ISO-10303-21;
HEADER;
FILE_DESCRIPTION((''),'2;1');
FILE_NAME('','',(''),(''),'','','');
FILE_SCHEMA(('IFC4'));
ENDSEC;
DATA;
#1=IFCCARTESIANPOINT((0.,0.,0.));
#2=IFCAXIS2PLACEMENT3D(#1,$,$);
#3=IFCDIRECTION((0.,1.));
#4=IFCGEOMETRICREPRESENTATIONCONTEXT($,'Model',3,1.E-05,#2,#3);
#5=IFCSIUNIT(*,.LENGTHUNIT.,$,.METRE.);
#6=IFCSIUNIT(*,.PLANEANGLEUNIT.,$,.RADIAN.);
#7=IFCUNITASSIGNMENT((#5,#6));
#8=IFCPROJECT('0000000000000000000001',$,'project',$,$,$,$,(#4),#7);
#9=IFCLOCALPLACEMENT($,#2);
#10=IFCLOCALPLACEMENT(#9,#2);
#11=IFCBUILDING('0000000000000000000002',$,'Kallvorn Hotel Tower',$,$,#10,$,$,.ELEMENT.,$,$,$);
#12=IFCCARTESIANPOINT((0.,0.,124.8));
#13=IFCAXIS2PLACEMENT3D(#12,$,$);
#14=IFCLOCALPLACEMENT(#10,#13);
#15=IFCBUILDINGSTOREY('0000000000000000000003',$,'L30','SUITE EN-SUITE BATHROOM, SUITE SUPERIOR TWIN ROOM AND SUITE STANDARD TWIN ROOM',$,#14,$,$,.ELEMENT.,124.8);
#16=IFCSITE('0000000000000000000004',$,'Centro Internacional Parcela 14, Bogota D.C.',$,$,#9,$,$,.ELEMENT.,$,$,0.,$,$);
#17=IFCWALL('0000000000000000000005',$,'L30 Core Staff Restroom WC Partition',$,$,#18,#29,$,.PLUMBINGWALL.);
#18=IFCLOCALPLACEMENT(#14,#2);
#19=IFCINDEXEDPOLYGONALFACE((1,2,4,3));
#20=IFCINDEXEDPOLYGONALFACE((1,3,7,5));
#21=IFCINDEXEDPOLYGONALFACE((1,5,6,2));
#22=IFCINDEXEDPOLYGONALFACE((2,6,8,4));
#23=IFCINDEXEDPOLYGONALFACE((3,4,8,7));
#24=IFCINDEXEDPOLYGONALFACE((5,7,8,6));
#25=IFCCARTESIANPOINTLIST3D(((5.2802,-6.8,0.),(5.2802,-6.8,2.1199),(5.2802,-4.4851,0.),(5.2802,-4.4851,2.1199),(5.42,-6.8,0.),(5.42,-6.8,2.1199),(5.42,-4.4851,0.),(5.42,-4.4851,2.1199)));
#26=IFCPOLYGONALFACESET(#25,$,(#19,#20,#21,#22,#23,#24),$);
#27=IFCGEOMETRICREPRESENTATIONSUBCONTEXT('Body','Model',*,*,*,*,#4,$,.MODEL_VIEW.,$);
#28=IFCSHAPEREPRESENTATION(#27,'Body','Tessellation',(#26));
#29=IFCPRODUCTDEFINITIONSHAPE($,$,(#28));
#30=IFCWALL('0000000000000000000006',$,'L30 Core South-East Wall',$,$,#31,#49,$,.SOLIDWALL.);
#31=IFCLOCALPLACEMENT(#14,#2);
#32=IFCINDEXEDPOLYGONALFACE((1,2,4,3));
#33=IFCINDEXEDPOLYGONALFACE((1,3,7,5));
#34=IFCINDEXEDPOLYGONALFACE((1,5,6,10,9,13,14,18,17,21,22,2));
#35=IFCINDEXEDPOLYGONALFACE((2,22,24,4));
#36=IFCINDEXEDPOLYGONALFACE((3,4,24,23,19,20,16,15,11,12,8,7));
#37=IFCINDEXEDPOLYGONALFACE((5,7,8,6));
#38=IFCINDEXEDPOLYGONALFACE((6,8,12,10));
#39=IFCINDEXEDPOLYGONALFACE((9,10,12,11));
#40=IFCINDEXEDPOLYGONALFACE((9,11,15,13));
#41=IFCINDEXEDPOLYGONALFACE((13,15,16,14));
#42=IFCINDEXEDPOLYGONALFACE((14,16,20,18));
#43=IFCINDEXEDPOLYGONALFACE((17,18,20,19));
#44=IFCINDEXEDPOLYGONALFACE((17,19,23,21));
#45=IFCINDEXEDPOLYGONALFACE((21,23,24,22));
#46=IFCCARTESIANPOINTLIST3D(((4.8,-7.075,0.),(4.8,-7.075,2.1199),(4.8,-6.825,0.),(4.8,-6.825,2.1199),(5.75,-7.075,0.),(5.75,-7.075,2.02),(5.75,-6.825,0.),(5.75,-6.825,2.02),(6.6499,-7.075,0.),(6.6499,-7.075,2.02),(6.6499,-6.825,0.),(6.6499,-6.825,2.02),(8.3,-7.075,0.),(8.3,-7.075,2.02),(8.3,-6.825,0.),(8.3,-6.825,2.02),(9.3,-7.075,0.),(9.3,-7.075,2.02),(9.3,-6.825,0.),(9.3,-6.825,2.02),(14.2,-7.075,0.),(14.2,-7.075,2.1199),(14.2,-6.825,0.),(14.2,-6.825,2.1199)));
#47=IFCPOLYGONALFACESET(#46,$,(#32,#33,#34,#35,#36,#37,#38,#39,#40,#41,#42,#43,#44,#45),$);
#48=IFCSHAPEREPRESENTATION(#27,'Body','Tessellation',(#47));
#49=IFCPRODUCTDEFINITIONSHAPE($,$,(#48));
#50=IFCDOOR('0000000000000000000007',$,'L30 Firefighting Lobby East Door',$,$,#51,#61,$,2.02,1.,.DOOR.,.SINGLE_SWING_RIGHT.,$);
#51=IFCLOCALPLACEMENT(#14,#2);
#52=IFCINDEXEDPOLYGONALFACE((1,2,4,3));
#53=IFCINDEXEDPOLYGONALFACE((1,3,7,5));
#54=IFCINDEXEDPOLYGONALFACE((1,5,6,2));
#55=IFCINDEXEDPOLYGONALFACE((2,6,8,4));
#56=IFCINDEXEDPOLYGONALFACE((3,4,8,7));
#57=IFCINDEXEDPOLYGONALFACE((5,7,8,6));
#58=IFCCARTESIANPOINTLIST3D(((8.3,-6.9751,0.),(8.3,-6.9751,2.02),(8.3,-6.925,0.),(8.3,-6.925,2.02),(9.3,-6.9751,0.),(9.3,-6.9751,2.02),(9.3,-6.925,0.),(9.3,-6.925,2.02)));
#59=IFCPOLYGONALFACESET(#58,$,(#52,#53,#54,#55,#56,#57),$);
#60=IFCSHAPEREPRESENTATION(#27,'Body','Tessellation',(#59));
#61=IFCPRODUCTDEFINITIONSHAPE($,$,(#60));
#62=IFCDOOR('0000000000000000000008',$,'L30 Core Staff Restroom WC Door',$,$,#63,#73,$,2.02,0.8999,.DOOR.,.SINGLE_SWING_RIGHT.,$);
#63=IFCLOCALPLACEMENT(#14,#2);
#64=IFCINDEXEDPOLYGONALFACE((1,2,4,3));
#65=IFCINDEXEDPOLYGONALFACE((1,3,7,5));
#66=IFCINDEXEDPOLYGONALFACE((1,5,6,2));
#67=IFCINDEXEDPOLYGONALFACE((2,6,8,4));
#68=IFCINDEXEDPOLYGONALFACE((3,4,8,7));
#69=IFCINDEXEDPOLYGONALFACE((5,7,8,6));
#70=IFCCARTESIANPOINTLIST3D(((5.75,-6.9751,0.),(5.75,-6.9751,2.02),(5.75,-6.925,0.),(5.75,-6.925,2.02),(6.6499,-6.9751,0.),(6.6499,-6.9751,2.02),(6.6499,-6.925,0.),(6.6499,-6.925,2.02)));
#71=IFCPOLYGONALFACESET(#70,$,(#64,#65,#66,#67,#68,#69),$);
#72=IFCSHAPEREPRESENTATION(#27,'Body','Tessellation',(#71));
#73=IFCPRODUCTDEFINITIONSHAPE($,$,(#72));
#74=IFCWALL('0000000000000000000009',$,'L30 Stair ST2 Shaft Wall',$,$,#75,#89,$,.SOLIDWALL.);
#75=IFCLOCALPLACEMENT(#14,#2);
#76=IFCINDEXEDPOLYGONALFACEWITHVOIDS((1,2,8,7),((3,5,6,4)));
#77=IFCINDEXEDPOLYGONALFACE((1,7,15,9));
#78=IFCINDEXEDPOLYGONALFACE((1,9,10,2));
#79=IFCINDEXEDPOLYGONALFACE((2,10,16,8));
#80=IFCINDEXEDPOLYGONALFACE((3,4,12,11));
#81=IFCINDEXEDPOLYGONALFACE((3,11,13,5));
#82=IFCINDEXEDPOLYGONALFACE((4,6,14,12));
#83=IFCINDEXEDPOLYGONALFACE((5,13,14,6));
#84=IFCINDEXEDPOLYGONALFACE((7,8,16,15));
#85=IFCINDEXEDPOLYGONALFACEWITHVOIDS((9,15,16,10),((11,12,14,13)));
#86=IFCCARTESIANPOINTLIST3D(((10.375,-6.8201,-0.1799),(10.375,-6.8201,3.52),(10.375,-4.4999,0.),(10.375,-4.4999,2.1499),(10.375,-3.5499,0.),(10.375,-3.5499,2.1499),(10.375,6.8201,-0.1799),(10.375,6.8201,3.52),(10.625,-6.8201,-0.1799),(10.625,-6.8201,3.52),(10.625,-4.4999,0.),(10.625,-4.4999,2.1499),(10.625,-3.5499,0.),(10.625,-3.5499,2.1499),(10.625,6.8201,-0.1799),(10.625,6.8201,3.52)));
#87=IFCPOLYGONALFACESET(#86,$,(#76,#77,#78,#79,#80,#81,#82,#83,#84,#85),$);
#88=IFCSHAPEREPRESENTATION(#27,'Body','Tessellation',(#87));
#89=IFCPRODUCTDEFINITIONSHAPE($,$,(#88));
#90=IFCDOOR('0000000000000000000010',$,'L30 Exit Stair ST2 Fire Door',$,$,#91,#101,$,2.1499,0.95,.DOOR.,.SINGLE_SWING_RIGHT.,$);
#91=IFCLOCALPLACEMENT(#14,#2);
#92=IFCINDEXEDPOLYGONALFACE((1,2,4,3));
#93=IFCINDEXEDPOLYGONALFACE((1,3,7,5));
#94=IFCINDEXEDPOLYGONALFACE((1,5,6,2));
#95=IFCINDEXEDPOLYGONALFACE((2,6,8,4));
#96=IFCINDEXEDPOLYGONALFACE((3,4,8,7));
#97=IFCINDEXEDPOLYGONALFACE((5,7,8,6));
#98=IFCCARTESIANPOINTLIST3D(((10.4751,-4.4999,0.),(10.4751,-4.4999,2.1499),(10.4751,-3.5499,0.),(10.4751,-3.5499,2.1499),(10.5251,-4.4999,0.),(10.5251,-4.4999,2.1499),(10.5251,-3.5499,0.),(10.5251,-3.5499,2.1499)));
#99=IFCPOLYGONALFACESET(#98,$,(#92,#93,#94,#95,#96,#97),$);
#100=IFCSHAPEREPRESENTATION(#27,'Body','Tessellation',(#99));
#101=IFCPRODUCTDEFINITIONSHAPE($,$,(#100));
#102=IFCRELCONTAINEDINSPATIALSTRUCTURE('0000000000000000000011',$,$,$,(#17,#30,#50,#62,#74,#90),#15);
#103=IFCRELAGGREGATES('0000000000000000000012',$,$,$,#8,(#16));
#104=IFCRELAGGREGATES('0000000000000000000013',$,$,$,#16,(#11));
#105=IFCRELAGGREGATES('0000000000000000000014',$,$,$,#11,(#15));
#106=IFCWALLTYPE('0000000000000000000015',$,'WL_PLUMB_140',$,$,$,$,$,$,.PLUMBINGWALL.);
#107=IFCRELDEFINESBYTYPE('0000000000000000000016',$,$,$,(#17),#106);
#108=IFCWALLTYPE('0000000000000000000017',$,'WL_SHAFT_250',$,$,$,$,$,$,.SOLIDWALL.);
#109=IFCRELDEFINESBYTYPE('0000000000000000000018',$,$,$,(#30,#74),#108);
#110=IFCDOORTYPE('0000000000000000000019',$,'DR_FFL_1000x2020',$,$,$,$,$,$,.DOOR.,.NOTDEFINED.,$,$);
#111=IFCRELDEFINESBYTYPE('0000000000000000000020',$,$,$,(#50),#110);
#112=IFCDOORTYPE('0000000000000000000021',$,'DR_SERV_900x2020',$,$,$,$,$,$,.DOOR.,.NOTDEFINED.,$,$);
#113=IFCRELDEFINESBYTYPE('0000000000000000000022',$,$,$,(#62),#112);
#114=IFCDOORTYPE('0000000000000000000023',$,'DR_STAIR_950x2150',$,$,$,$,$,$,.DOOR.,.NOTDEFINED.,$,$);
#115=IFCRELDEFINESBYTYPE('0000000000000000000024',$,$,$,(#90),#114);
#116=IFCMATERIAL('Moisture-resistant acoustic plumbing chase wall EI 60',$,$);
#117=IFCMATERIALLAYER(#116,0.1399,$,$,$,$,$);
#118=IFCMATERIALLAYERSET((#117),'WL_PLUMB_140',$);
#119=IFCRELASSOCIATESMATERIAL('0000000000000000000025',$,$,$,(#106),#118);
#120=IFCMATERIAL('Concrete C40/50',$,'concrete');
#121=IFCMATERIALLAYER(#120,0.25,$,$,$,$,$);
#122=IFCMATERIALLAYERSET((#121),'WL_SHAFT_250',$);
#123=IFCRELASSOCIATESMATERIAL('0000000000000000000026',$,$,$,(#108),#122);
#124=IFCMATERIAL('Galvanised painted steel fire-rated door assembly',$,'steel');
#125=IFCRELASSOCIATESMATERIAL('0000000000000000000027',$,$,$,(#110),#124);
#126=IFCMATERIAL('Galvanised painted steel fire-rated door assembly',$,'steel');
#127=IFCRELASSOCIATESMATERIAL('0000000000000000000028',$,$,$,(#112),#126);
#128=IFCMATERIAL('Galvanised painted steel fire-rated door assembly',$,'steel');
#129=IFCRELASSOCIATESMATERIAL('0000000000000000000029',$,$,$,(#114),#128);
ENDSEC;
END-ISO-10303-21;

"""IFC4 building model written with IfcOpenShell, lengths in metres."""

from ifc_helpers import new_model, si_unit, direction, frame, frame_2d, origin, place, context, subcontext, project, spatial, rectangle, extrude, material, layer, layer_set, type_object, element, fill, save


model = new_model("IFC4")

# Units and contexts
model_context = context("Model", 3, precision=1e-05, world=origin(), true_north=direction((0.0, 1.0)))
body_context = subcontext(model_context, "Body", "Model", "MODEL_VIEW")
ifc_project = project(units=[si_unit("LENGTHUNIT", "METRE"), si_unit("PLANEANGLEUNIT", "RADIAN")], contexts=[model_context])

# Site, building, storey
site_placement = place(None, origin())
site = spatial("IfcSite", under=ifc_project, at=site_placement, Name="Centro Internacional Parcela 14, Bogota D.C.", CompositionType="ELEMENT", RefElevation=0.0)
building_placement = place(site_placement, origin())
building = spatial("IfcBuilding", under=site, at=building_placement, Name="Kallvorn Hotel Tower", CompositionType="ELEMENT")
storey_placement = place(building_placement, frame((0.0, 0.0, 124.8)))
storey = spatial("IfcBuildingStorey", under=building, at=storey_placement, Name="L30", Description="SUITE EN-SUITE BATHROOM, SUITE SUPERIOR TWIN ROOM AND SUITE STANDARD TWIN ROOM", CompositionType="ELEMENT", Elevation=124.8)

# Wall
ifc_material_1 = material(Name="Moisture-resistant acoustic plumbing chase wall EI 60")
ifc_layer_1 = layer(ifc_material_1, 0.1399)
ifc_layer_set_1 = layer_set([ifc_layer_1], Name="WL_PLUMB_140")
wall_type_1 = type_object("IfcWallType", Name="WL_PLUMB_140", PredefinedType="PLUMBINGWALL", material=ifc_layer_set_1)
wall_1_placement = place(storey_placement, frame((5.3501, -6.8, 0.0), z_axis=(0.0, 0.0, 1.0), x_axis=(0.0, 1.0, 0.0)))
element("IfcWall", 1, at=wall_1_placement, inside=storey, type_object=wall_type_1, Name="L30 Core Staff Restroom WC Partition", PredefinedType="PLUMBINGWALL", context=body_context, shape_type="SweptSolid", body=[
    extrude(rectangle(XDim=2.3149, YDim=0.1399, at=frame_2d((1.1575, 0.0))), origin(), (0.0, 0.0, 1.0), 2.1199),
])

# Wall, openings, doors
ifc_material_2 = material(Name="Concrete C40/50", Category="concrete")
ifc_layer_2 = layer(ifc_material_2, 0.25)
ifc_layer_set_2 = layer_set([ifc_layer_2], Name="WL_SHAFT_250")
wall_type_2 = type_object("IfcWallType", Name="WL_SHAFT_250", PredefinedType="SOLIDWALL", material=ifc_layer_set_2)
wall_2_placement = place(storey_placement, frame((4.8, -6.95, 0.0), z_axis=(0.0, 0.0, 1.0), x_axis=(1.0, 0.0, 0.0)))
wall_2 = element("IfcWall", 2, at=wall_2_placement, inside=storey, type_object=wall_type_2, Name="L30 Core South-East Wall", PredefinedType="SOLIDWALL", context=body_context, shape_type="SweptSolid", body=[
    extrude(rectangle(XDim=9.3999, YDim=0.25, at=frame_2d((4.7, 0.0))), origin(), (0.0, 0.0, 1.0), 2.1199),
])
opening_1_placement = place(wall_2_placement, frame((3.5, 0.0, 0.0)))
opening_1 = element("IfcOpeningElement", 3, at=opening_1_placement, cuts=wall_2, PredefinedType="OPENING", context=body_context, shape_type="SweptSolid", body=[
    extrude(rectangle(XDim=1.0, YDim=2.02, at=frame_2d((0.5, 1.01))), frame((0.0, 0.1399, 0.0), z_axis=(0.0, -1.0, 0.0), x_axis=(1.0, 0.0, 0.0)), (0.0, 0.0, 1.0), 0.28),
])
opening_2_placement = place(wall_2_placement, frame((0.95, 0.0, 0.0)))
opening_2 = element("IfcOpeningElement", 4, at=opening_2_placement, cuts=wall_2, PredefinedType="OPENING", context=body_context, shape_type="SweptSolid", body=[
    extrude(rectangle(XDim=0.8999, YDim=2.02, at=frame_2d((0.45, 1.01))), frame((0.0, 0.1399, 0.0), z_axis=(0.0, -1.0, 0.0), x_axis=(1.0, 0.0, 0.0)), (0.0, 0.0, 1.0), 0.28),
])
ifc_material_3 = material(Name="Galvanised painted steel fire-rated door assembly", Category="steel")
door_type_1 = type_object("IfcDoorType", Name="DR_FFL_1000x2020", OperationType="NOTDEFINED", PredefinedType="DOOR", material=ifc_material_3)
door_1_placement = place(opening_1_placement, origin())
door_1 = element("IfcDoor", 5, at=door_1_placement, inside=storey, type_object=door_type_1, Name="L30 Firefighting Lobby East Door", OperationType="SINGLE_SWING_RIGHT", OverallHeight=2.02, OverallWidth=1.0, PredefinedType="DOOR", context=body_context, shape_type="SweptSolid", body=[
    extrude(rectangle(XDim=1.0, YDim=2.02, at=frame_2d((0.5, 1.01))), frame((0.0, 0.0249, 0.0), z_axis=(0.0, -1.0, 0.0), x_axis=(1.0, 0.0, 0.0)), (0.0, 0.0, 1.0), 0.05),
])
fill(opening_1, door_1)
ifc_material_4 = material(Name="Galvanised painted steel fire-rated door assembly", Category="steel")
door_type_2 = type_object("IfcDoorType", Name="DR_SERV_900x2020", OperationType="NOTDEFINED", PredefinedType="DOOR", material=ifc_material_4)
door_2_placement = place(opening_2_placement, origin())
door_2 = element("IfcDoor", 6, at=door_2_placement, inside=storey, type_object=door_type_2, Name="L30 Core Staff Restroom WC Door", OperationType="SINGLE_SWING_RIGHT", OverallHeight=2.02, OverallWidth=0.8999, PredefinedType="DOOR", context=body_context, shape_type="SweptSolid", body=[
    extrude(rectangle(XDim=0.8999, YDim=2.02, at=frame_2d((0.45, 1.01))), frame((0.0, 0.0249, 0.0), z_axis=(0.0, -1.0, 0.0), x_axis=(1.0, 0.0, 0.0)), (0.0, 0.0, 1.0), 0.05),
])
fill(opening_2, door_2)

# Wall, opening, door
wall_3_placement = place(storey_placement, frame((10.5, -6.8201, -0.1799), z_axis=(0.0, 0.0, 1.0), x_axis=(0.0, 1.0, 0.0)))
wall_3 = element("IfcWall", 7, at=wall_3_placement, inside=storey, type_object=wall_type_2, Name="L30 Stair ST2 Shaft Wall", PredefinedType="SOLIDWALL", context=body_context, shape_type="SweptSolid", body=[
    extrude(rectangle(XDim=13.6401, YDim=0.25, at=frame_2d((6.8201, 0.0))), origin(), (0.0, 0.0, 1.0), 3.7),
])
opening_3_placement = place(wall_3_placement, frame((2.3201, 0.0, 0.1799)))
opening_3 = element("IfcOpeningElement", 8, at=opening_3_placement, cuts=wall_3, PredefinedType="OPENING", context=body_context, shape_type="SweptSolid", body=[
    extrude(rectangle(XDim=0.95, YDim=2.1499, at=frame_2d((0.4751, 1.075))), frame((0.0, 0.1399, 0.0), z_axis=(0.0, -1.0, 0.0), x_axis=(1.0, 0.0, 0.0)), (0.0, 0.0, 1.0), 0.28),
])
ifc_material_5 = material(Name="Galvanised painted steel fire-rated door assembly", Category="steel")
door_type_3 = type_object("IfcDoorType", Name="DR_STAIR_950x2150", OperationType="NOTDEFINED", PredefinedType="DOOR", material=ifc_material_5)
door_3_placement = place(opening_3_placement, origin())
door_3 = element("IfcDoor", 9, at=door_3_placement, inside=storey, type_object=door_type_3, Name="L30 Exit Stair ST2 Fire Door", OperationType="SINGLE_SWING_RIGHT", OverallHeight=2.1499, OverallWidth=0.95, PredefinedType="DOOR", context=body_context, shape_type="SweptSolid", body=[
    extrude(rectangle(XDim=0.95, YDim=2.1499, at=frame_2d((0.4751, 1.075))), frame((0.0, 0.0249, 0.0), z_axis=(0.0, -1.0, 0.0), x_axis=(1.0, 0.0, 0.0)), (0.0, 0.0, 1.0), 0.05),
])
fill(opening_3, door_3)

save(model, "model.ifc")
